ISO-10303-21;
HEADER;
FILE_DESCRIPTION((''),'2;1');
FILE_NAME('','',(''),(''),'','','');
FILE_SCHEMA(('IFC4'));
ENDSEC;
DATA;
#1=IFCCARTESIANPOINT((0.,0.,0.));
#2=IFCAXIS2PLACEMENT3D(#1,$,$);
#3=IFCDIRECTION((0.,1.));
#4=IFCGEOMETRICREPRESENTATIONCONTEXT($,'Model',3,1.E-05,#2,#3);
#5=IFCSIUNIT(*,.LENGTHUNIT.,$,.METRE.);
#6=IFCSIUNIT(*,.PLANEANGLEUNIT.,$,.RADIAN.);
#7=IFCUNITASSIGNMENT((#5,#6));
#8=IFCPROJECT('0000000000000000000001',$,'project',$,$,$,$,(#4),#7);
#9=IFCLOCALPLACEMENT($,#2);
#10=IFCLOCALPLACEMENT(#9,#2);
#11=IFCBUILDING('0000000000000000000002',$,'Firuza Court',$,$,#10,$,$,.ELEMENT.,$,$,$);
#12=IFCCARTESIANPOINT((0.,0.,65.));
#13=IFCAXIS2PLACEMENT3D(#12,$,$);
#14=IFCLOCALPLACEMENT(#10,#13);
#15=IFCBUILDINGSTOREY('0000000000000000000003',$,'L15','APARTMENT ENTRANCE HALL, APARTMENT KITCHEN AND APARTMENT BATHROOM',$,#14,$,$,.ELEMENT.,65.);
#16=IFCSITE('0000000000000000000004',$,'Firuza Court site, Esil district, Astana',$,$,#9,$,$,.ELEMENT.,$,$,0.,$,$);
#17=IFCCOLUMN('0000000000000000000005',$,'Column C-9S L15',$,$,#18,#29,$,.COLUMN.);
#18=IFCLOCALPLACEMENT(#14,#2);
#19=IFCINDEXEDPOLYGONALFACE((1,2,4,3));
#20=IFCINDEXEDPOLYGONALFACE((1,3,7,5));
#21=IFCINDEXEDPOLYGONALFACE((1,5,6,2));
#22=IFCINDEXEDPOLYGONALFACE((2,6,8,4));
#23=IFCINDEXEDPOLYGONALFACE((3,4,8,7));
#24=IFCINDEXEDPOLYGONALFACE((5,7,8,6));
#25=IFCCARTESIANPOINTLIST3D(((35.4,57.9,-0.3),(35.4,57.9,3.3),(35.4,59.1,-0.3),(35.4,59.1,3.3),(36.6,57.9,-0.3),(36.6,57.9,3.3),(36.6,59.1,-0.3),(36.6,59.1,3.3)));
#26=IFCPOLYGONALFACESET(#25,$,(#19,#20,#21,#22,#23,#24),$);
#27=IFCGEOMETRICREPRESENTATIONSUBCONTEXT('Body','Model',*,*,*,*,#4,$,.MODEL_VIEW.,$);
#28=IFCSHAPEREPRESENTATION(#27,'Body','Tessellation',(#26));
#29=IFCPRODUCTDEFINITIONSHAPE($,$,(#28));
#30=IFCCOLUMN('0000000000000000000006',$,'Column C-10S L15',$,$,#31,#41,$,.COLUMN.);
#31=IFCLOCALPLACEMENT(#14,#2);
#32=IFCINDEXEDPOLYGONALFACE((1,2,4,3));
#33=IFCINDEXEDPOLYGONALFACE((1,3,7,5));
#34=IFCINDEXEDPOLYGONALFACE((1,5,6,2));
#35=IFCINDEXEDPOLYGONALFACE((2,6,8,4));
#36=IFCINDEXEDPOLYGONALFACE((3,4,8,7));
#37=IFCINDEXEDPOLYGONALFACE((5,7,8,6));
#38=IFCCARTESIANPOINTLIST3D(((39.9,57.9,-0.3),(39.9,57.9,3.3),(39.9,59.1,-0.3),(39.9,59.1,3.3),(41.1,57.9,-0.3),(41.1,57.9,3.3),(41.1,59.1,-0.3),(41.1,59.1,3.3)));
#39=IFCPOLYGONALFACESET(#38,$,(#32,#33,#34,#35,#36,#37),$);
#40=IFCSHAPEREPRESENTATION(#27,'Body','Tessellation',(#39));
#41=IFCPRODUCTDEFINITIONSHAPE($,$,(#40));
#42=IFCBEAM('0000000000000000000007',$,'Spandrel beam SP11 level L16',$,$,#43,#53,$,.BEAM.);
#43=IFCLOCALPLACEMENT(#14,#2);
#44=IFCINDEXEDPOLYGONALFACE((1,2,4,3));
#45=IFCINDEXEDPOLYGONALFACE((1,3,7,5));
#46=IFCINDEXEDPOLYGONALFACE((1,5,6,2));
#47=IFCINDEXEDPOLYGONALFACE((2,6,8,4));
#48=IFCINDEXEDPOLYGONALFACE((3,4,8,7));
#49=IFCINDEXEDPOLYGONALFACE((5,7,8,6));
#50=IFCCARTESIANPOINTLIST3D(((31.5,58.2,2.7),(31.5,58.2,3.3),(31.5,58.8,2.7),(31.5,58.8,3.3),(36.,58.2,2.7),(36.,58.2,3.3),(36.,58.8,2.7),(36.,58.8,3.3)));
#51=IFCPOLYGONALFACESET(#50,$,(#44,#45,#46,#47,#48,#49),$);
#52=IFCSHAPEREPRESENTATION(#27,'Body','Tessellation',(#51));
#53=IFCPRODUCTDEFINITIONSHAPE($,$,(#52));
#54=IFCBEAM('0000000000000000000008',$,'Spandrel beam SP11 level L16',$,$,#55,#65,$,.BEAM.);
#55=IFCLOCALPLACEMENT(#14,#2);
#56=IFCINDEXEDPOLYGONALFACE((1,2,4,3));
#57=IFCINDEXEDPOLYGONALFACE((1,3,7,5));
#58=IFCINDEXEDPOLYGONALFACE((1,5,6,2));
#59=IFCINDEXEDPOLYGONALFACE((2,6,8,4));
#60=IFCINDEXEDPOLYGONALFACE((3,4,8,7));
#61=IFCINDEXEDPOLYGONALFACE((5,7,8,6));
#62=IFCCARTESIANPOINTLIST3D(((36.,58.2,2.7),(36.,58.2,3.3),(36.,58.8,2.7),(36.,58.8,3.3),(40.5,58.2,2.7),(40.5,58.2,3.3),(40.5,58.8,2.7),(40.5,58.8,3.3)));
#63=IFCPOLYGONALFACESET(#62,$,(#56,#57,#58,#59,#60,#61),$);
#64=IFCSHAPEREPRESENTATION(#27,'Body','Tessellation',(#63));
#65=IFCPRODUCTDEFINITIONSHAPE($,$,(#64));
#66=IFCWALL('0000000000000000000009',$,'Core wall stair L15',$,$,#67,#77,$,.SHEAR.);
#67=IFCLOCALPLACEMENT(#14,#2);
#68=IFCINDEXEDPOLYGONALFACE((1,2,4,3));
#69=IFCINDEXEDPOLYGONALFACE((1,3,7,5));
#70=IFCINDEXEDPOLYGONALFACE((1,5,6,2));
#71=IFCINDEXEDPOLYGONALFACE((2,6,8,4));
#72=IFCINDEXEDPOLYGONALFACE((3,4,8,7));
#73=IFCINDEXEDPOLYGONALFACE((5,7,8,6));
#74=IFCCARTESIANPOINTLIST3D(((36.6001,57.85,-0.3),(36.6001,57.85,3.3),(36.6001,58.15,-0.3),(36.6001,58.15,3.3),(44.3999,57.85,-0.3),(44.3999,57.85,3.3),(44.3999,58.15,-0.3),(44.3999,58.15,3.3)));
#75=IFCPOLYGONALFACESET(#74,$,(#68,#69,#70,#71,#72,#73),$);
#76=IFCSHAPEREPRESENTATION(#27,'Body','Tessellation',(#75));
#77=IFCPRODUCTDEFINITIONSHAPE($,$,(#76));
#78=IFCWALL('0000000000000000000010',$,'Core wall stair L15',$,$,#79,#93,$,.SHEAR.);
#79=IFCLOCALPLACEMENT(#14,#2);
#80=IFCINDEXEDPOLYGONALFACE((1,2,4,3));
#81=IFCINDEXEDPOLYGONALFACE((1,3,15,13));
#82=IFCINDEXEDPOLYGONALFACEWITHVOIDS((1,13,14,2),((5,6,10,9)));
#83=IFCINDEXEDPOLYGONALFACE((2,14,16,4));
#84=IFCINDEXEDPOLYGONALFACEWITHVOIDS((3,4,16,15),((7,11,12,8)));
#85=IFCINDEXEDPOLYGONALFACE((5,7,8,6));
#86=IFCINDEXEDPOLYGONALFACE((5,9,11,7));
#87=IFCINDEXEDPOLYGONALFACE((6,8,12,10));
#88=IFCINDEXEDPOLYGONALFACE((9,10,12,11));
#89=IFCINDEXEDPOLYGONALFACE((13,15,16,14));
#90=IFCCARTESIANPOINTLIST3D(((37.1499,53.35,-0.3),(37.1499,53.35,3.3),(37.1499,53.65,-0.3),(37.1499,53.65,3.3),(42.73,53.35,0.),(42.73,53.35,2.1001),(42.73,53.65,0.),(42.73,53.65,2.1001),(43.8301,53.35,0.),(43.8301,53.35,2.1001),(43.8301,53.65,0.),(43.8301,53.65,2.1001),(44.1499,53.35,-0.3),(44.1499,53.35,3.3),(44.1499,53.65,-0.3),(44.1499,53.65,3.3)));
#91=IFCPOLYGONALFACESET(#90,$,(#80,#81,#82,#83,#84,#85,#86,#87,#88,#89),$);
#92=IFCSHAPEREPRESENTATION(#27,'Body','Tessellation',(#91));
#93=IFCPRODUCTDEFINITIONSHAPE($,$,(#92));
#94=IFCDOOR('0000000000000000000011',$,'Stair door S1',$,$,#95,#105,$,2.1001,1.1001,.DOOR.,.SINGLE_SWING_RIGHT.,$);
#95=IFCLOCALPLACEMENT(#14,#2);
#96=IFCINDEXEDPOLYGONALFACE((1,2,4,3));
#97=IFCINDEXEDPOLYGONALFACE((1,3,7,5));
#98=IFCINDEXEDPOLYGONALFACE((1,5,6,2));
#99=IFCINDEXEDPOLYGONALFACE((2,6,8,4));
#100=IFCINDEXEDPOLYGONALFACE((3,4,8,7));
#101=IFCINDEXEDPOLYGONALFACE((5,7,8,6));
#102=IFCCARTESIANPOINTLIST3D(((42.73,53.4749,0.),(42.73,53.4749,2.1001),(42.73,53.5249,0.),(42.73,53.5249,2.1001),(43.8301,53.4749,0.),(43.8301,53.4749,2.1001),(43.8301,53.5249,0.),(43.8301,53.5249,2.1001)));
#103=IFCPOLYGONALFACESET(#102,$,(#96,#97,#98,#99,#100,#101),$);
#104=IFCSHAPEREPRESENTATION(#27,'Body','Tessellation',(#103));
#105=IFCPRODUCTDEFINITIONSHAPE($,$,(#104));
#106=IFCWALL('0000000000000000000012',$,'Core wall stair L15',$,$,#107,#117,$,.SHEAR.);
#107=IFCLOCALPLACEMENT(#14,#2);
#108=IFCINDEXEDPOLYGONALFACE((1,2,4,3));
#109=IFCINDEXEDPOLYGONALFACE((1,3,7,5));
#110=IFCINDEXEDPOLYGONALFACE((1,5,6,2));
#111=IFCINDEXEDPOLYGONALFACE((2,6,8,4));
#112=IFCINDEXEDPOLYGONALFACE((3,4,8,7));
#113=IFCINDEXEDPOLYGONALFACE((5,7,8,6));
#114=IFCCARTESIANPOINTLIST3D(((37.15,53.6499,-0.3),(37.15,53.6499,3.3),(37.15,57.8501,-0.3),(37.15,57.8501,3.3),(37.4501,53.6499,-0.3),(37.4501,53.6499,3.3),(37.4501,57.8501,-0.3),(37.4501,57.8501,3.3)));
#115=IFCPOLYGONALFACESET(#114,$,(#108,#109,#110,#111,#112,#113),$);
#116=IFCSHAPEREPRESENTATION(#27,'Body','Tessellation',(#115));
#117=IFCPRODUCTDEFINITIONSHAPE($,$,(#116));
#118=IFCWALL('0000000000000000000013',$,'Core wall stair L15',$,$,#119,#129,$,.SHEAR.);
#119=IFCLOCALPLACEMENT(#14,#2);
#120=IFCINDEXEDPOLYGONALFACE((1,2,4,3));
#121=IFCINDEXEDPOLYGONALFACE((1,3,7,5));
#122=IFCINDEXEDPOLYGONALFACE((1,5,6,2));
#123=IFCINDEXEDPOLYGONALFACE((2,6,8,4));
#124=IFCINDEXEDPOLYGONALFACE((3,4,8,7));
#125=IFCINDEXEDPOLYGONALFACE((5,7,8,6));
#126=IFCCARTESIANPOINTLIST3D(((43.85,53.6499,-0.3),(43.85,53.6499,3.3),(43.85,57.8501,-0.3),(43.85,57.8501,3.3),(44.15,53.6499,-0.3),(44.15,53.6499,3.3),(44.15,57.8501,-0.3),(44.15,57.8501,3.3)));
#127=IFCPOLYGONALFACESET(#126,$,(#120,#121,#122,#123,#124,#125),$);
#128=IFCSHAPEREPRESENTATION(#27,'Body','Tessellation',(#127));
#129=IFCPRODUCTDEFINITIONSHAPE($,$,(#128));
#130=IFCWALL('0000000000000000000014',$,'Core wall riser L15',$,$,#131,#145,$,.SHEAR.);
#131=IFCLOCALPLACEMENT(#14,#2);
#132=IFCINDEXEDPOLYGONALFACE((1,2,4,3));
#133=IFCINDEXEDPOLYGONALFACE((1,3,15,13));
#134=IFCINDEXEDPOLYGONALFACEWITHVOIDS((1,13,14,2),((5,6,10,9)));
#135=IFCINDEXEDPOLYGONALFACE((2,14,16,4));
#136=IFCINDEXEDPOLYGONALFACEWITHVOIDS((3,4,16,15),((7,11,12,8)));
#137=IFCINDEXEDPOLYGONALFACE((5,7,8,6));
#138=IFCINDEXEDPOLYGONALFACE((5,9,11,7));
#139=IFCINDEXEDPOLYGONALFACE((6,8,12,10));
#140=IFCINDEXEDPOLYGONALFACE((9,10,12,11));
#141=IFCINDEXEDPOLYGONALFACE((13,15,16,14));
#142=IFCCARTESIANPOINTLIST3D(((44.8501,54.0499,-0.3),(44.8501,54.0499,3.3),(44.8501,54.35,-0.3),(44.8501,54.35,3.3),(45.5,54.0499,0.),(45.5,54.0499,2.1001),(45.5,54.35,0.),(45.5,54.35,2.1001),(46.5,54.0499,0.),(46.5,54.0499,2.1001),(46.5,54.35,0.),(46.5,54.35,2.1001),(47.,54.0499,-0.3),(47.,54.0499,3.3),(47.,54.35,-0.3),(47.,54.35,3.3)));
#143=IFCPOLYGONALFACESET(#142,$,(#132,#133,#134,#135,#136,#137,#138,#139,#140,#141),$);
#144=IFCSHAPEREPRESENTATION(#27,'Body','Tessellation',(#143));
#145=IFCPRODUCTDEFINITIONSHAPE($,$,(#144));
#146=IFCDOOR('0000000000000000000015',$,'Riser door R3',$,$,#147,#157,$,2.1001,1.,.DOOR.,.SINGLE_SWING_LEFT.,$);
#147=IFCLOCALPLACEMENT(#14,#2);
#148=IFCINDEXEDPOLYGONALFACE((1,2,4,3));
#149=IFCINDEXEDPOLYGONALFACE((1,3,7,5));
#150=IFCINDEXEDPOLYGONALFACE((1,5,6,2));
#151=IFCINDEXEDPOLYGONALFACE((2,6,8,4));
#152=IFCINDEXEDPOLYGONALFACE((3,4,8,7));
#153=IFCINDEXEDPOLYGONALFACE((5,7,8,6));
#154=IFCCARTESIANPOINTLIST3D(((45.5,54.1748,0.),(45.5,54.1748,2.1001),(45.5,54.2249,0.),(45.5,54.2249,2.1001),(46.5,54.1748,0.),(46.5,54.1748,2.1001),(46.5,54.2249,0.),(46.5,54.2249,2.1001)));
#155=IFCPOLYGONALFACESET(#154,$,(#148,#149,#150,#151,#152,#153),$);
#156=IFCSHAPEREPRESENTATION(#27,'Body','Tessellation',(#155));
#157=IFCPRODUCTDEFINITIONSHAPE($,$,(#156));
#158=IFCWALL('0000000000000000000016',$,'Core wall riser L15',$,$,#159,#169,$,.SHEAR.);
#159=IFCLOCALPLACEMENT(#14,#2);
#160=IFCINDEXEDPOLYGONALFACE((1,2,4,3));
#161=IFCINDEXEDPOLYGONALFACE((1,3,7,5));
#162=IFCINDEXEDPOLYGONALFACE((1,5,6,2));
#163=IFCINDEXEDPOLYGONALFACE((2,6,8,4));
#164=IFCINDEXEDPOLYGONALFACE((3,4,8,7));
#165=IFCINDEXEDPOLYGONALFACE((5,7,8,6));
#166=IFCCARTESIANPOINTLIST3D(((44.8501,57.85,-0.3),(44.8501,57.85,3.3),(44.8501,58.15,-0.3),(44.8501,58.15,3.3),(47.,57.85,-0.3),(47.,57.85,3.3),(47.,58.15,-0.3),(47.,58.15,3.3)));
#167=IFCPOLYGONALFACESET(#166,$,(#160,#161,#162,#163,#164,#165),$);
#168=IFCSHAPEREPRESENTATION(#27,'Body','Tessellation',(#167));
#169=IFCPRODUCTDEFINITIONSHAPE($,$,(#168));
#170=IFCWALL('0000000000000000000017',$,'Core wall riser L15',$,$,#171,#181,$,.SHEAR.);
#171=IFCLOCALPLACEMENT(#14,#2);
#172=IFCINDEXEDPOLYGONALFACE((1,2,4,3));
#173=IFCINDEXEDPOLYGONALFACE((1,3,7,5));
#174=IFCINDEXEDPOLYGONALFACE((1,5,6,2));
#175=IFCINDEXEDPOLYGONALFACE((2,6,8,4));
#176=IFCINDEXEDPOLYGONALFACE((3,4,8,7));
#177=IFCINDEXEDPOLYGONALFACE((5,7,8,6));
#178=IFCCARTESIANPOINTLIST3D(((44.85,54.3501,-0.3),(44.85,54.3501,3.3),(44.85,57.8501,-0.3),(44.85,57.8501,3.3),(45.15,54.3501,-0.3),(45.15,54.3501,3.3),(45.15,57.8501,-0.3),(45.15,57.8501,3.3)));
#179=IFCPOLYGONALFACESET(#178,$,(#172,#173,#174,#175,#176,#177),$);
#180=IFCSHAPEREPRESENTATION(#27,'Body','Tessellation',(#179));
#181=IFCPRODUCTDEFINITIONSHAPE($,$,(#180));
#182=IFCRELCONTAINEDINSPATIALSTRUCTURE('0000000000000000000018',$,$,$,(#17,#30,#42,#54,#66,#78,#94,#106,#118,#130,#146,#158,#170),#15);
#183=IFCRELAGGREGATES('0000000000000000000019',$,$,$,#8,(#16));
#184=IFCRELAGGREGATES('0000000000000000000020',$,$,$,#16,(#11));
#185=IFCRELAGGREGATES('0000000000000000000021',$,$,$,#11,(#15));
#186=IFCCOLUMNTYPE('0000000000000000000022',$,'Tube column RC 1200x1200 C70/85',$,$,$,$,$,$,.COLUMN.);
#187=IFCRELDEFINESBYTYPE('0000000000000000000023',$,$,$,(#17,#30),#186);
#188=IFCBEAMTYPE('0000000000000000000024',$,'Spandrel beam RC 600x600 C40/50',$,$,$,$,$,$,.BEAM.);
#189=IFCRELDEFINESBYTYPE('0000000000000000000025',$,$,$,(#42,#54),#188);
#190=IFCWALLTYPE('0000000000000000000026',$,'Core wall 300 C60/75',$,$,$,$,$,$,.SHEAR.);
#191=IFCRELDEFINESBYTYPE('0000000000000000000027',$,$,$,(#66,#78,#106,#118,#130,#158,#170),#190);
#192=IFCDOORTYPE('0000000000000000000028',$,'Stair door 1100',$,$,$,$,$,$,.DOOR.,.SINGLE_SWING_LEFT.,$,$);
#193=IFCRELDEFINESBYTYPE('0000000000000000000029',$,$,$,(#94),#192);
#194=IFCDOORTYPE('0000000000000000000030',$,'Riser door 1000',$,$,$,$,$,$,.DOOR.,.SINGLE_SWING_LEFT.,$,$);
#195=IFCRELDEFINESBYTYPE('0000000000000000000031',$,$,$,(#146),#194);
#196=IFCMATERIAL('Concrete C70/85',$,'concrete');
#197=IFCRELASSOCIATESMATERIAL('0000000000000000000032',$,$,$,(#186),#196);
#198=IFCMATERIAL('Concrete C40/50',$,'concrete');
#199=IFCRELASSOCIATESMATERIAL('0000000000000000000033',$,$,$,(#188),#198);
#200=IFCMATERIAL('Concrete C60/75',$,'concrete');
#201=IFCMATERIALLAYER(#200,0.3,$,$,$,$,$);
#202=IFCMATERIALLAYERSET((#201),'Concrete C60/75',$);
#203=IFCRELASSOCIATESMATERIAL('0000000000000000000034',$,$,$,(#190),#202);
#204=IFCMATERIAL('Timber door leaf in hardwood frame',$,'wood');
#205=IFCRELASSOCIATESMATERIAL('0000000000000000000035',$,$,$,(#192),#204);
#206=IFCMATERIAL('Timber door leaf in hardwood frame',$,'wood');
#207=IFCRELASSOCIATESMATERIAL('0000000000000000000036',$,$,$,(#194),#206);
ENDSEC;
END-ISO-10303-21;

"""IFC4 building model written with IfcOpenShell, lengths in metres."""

from ifc_helpers import new_model, si_unit, direction, frame, frame_2d, origin, origin_2d, place, context, subcontext, project, spatial, rectangle, extrude, material, layer, layer_set, material_profile, profile_set, type_object, element, fill, save


model = new_model("IFC4")

# Units and contexts
model_context = context("Model", 3, precision=1e-05, world=origin(), true_north=direction((0.0, 1.0)))
body_context = subcontext(model_context, "Body", "Model", "MODEL_VIEW")
ifc_project = project(units=[si_unit("LENGTHUNIT", "METRE"), si_unit("PLANEANGLEUNIT", "RADIAN")], contexts=[model_context])

# Site, building, storey
site_placement = place(None, origin())
site = spatial("IfcSite", under=ifc_project, at=site_placement, Name="Firuza Court site, Esil district, Astana", CompositionType="ELEMENT", RefElevation=0.0)
building_placement = place(site_placement, origin())
building = spatial("IfcBuilding", under=site, at=building_placement, Name="Firuza Court", CompositionType="ELEMENT")
storey_placement = place(building_placement, frame((0.0, 0.0, 65.0)))
storey = spatial("IfcBuildingStorey", under=building, at=storey_placement, Name="L15", Description="APARTMENT ENTRANCE HALL, APARTMENT KITCHEN AND APARTMENT BATHROOM", CompositionType="ELEMENT", Elevation=65.0)

# Columns
ifc_material_1 = material(Name="Concrete C70/85", Category="concrete")
ifc_material_profile_1 = material_profile(ifc_material_1, rectangle(XDim=1.2, YDim=1.2, at=origin_2d()), Name="RC 1200x1200")
ifc_profile_set_1 = profile_set([ifc_material_profile_1], Name="Concrete C70/85")
column_type = type_object("IfcColumnType", Name="Tube column RC 1200x1200 C70/85", PredefinedType="COLUMN", material=ifc_profile_set_1)
for number, where, z_axis, x_axis, name in (
    (1, (36.0, 58.5, -0.3), (0.0, 0.0, 1.0), (1.0, 0.0, 0.0), "Column C-9S L15"),
    (2, (40.5, 58.5, -0.3), (0.0, 0.0, 1.0), (1.0, 0.0, 0.0), "Column C-10S L15"),
):
    element("IfcColumn", number, at=place(storey_placement, frame(where, z_axis=z_axis, x_axis=x_axis)), inside=storey, type_object=column_type, Name=name, PredefinedType="COLUMN", context=body_context, shape_type="SweptSolid", body=[
        extrude(rectangle(XDim=1.2, YDim=1.2, at=origin_2d()), origin(), (0.0, 0.0, 1.0), 3.6001),
    ])

# Beams
ifc_material_2 = material(Name="Concrete C40/50", Category="concrete")
ifc_material_profile_2 = material_profile(ifc_material_2, rectangle(XDim=0.6001, YDim=0.6001, at=origin_2d()), Name="RC 600x600")
ifc_profile_set_2 = profile_set([ifc_material_profile_2], Name="Concrete C40/50")
beam_type = type_object("IfcBeamType", Name="Spandrel beam RC 600x600 C40/50", PredefinedType="BEAM", material=ifc_profile_set_2)
for number, where, z_axis, x_axis, name in (
    (3, (36.0, 58.5, 3.0), (-1.0, 0.0, 0.0), (0.0, -1.0, 0.0), "Spandrel beam SP11 level L16"),
    (4, (40.5, 58.5, 3.0), (-1.0, 0.0, 0.0), (0.0, -1.0, 0.0), "Spandrel beam SP11 level L16"),
):
    element("IfcBeam", number, at=place(storey_placement, frame(where, z_axis=z_axis, x_axis=x_axis)), inside=storey, type_object=beam_type, Name=name, PredefinedType="BEAM", context=body_context, shape_type="SweptSolid", body=[
        extrude(rectangle(XDim=0.6001, YDim=0.6001, at=origin_2d()), origin(), (0.0, 0.0, 1.0), 4.5),
    ])

# Wall
ifc_material_3 = material(Name="Concrete C60/75", Category="concrete")
ifc_layer_1 = layer(ifc_material_3, 0.3)
ifc_layer_set_1 = layer_set([ifc_layer_1], Name="Concrete C60/75")
wall_type_1 = type_object("IfcWallType", Name="Core wall 300 C60/75", PredefinedType="SHEAR", material=ifc_layer_set_1)
wall_1_placement = place(storey_placement, frame((36.6001, 58.0, -0.3), z_axis=(0.0, 0.0, 1.0), x_axis=(1.0, 0.0, 0.0)))
element("IfcWall", 5, at=wall_1_placement, inside=storey, type_object=wall_type_1, Name="Core wall stair L15", PredefinedType="SHEAR", context=body_context, shape_type="SweptSolid", body=[
    extrude(rectangle(XDim=7.7998, YDim=0.3, at=frame_2d((3.8999, 0.0))), origin(), (0.0, 0.0, 1.0), 3.6001),
])

# Wall, opening, door
wall_2_placement = place(storey_placement, frame((37.1499, 53.5, -0.3), z_axis=(0.0, 0.0, 1.0), x_axis=(1.0, 0.0, 0.0)))
wall_2 = element("IfcWall", 6, at=wall_2_placement, inside=storey, type_object=wall_type_1, Name="Core wall stair L15", PredefinedType="SHEAR", context=body_context, shape_type="SweptSolid", body=[
    extrude(rectangle(XDim=7.0, YDim=0.3, at=frame_2d((3.5, 0.0))), origin(), (0.0, 0.0, 1.0), 3.6001),
])
opening_1_placement = place(wall_2_placement, frame((5.5801, 0.0, 0.3)))
opening_1 = element("IfcOpeningElement", 7, at=opening_1_placement, cuts=wall_2, PredefinedType="OPENING", context=body_context, shape_type="SweptSolid", body=[
    extrude(rectangle(XDim=1.1001, YDim=2.1001, at=frame_2d((0.55, 1.05))), frame((0.0, 0.1621, 0.0), z_axis=(0.0, -1.0, 0.0), x_axis=(1.0, 0.0, 0.0)), (0.0, 0.0, 1.0), 0.324),
])
ifc_material_4 = material(Name="Timber door leaf in hardwood frame", Category="wood")
door_type_1 = type_object("IfcDoorType", Name="Stair door 1100", OperationType="SINGLE_SWING_LEFT", PredefinedType="DOOR", material=ifc_material_4)
door_1_placement = place(opening_1_placement, origin())
door_1 = element("IfcDoor", 8, at=door_1_placement, inside=storey, type_object=door_type_1, Name="Stair door S1", OperationType="SINGLE_SWING_RIGHT", OverallHeight=2.1001, OverallWidth=1.1001, PredefinedType="DOOR", context=body_context, shape_type="SweptSolid", body=[
    extrude(rectangle(XDim=1.1001, YDim=2.1001, at=frame_2d((0.55, 1.05))), frame((0.0, 0.0249, 0.0), z_axis=(0.0, -1.0, 0.0), x_axis=(1.0, 0.0, 0.0)), (0.0, 0.0, 1.0), 0.05),
])
fill(opening_1, door_1)

# Walls
for number, where, z_axis, x_axis, name in (
    (9, (37.3, 53.6499, -0.3), (0.0, 0.0, 1.0), (0.0, 1.0, 0.0), "Core wall stair L15"),
    (10, (44.0, 53.6499, -0.3), (0.0, 0.0, 1.0), (0.0, 1.0, 0.0), "Core wall stair L15"),
):
    element("IfcWall", number, at=place(storey_placement, frame(where, z_axis=z_axis, x_axis=x_axis)), inside=storey, type_object=wall_type_1, Name=name, PredefinedType="SHEAR", context=body_context, shape_type="SweptSolid", body=[
        extrude(rectangle(XDim=4.2002, YDim=0.3, at=frame_2d((2.1001, 0.0))), origin(), (0.0, 0.0, 1.0), 3.6001),
    ])

# Wall, opening, door
wall_3_placement = place(storey_placement, frame((44.8501, 54.2, -0.3), z_axis=(0.0, 0.0, 1.0), x_axis=(1.0, 0.0, 0.0)))
wall_3 = element("IfcWall", 11, at=wall_3_placement, inside=storey, type_object=wall_type_1, Name="Core wall riser L15", PredefinedType="SHEAR", context=body_context, shape_type="SweptSolid", body=[
    extrude(rectangle(XDim=2.1499, YDim=0.3, at=frame_2d((1.075, 0.0))), origin(), (0.0, 0.0, 1.0), 3.6001),
])
opening_2_placement = place(wall_3_placement, frame((0.6499, 0.0, 0.3)))
opening_2 = element("IfcOpeningElement", 12, at=opening_2_placement, cuts=wall_3, PredefinedType="OPENING", context=body_context, shape_type="SweptSolid", body=[
    extrude(rectangle(XDim=1.0, YDim=2.1001, at=frame_2d((0.5, 1.05))), frame((0.0, 0.1621, 0.0), z_axis=(0.0, -1.0, 0.0), x_axis=(1.0, 0.0, 0.0)), (0.0, 0.0, 1.0), 0.324),
])
ifc_material_5 = material(Name="Timber door leaf in hardwood frame", Category="wood")
door_type_2 = type_object("IfcDoorType", Name="Riser door 1000", OperationType="SINGLE_SWING_LEFT", PredefinedType="DOOR", material=ifc_material_5)
door_2_placement = place(opening_2_placement, origin())
door_2 = element("IfcDoor", 13, at=door_2_placement, inside=storey, type_object=door_type_2, Name="Riser door R3", OperationType="SINGLE_SWING_LEFT", OverallHeight=2.1001, OverallWidth=1.0, PredefinedType="DOOR", context=body_context, shape_type="SweptSolid", body=[
    extrude(rectangle(XDim=1.0, YDim=2.1001, at=frame_2d((0.5, 1.05))), frame((0.0, 0.0249, 0.0), z_axis=(0.0, -1.0, 0.0), x_axis=(1.0, 0.0, 0.0)), (0.0, 0.0, 1.0), 0.05),
])
fill(opening_2, door_2)

# Walls
wall_4_placement = place(storey_placement, frame((44.8501, 58.0, -0.3), z_axis=(0.0, 0.0, 1.0), x_axis=(1.0, 0.0, 0.0)))
element("IfcWall", 14, at=wall_4_placement, inside=storey, type_object=wall_type_1, Name="Core wall riser L15", PredefinedType="SHEAR", context=body_context, shape_type="SweptSolid", body=[
    extrude(rectangle(XDim=2.1499, YDim=0.3, at=frame_2d((1.075, 0.0))), origin(), (0.0, 0.0, 1.0), 3.6001),
])
wall_5_placement = place(storey_placement, frame((45.0, 54.3501, -0.3), z_axis=(0.0, 0.0, 1.0), x_axis=(0.0, 1.0, 0.0)))
element("IfcWall", 15, at=wall_5_placement, inside=storey, type_object=wall_type_1, Name="Core wall riser L15", PredefinedType="SHEAR", context=body_context, shape_type="SweptSolid", body=[
    extrude(rectangle(XDim=3.5, YDim=0.3, at=frame_2d((1.75, 0.0))), origin(), (0.0, 0.0, 1.0), 3.6001),
])

save(model, "model.ifc")
